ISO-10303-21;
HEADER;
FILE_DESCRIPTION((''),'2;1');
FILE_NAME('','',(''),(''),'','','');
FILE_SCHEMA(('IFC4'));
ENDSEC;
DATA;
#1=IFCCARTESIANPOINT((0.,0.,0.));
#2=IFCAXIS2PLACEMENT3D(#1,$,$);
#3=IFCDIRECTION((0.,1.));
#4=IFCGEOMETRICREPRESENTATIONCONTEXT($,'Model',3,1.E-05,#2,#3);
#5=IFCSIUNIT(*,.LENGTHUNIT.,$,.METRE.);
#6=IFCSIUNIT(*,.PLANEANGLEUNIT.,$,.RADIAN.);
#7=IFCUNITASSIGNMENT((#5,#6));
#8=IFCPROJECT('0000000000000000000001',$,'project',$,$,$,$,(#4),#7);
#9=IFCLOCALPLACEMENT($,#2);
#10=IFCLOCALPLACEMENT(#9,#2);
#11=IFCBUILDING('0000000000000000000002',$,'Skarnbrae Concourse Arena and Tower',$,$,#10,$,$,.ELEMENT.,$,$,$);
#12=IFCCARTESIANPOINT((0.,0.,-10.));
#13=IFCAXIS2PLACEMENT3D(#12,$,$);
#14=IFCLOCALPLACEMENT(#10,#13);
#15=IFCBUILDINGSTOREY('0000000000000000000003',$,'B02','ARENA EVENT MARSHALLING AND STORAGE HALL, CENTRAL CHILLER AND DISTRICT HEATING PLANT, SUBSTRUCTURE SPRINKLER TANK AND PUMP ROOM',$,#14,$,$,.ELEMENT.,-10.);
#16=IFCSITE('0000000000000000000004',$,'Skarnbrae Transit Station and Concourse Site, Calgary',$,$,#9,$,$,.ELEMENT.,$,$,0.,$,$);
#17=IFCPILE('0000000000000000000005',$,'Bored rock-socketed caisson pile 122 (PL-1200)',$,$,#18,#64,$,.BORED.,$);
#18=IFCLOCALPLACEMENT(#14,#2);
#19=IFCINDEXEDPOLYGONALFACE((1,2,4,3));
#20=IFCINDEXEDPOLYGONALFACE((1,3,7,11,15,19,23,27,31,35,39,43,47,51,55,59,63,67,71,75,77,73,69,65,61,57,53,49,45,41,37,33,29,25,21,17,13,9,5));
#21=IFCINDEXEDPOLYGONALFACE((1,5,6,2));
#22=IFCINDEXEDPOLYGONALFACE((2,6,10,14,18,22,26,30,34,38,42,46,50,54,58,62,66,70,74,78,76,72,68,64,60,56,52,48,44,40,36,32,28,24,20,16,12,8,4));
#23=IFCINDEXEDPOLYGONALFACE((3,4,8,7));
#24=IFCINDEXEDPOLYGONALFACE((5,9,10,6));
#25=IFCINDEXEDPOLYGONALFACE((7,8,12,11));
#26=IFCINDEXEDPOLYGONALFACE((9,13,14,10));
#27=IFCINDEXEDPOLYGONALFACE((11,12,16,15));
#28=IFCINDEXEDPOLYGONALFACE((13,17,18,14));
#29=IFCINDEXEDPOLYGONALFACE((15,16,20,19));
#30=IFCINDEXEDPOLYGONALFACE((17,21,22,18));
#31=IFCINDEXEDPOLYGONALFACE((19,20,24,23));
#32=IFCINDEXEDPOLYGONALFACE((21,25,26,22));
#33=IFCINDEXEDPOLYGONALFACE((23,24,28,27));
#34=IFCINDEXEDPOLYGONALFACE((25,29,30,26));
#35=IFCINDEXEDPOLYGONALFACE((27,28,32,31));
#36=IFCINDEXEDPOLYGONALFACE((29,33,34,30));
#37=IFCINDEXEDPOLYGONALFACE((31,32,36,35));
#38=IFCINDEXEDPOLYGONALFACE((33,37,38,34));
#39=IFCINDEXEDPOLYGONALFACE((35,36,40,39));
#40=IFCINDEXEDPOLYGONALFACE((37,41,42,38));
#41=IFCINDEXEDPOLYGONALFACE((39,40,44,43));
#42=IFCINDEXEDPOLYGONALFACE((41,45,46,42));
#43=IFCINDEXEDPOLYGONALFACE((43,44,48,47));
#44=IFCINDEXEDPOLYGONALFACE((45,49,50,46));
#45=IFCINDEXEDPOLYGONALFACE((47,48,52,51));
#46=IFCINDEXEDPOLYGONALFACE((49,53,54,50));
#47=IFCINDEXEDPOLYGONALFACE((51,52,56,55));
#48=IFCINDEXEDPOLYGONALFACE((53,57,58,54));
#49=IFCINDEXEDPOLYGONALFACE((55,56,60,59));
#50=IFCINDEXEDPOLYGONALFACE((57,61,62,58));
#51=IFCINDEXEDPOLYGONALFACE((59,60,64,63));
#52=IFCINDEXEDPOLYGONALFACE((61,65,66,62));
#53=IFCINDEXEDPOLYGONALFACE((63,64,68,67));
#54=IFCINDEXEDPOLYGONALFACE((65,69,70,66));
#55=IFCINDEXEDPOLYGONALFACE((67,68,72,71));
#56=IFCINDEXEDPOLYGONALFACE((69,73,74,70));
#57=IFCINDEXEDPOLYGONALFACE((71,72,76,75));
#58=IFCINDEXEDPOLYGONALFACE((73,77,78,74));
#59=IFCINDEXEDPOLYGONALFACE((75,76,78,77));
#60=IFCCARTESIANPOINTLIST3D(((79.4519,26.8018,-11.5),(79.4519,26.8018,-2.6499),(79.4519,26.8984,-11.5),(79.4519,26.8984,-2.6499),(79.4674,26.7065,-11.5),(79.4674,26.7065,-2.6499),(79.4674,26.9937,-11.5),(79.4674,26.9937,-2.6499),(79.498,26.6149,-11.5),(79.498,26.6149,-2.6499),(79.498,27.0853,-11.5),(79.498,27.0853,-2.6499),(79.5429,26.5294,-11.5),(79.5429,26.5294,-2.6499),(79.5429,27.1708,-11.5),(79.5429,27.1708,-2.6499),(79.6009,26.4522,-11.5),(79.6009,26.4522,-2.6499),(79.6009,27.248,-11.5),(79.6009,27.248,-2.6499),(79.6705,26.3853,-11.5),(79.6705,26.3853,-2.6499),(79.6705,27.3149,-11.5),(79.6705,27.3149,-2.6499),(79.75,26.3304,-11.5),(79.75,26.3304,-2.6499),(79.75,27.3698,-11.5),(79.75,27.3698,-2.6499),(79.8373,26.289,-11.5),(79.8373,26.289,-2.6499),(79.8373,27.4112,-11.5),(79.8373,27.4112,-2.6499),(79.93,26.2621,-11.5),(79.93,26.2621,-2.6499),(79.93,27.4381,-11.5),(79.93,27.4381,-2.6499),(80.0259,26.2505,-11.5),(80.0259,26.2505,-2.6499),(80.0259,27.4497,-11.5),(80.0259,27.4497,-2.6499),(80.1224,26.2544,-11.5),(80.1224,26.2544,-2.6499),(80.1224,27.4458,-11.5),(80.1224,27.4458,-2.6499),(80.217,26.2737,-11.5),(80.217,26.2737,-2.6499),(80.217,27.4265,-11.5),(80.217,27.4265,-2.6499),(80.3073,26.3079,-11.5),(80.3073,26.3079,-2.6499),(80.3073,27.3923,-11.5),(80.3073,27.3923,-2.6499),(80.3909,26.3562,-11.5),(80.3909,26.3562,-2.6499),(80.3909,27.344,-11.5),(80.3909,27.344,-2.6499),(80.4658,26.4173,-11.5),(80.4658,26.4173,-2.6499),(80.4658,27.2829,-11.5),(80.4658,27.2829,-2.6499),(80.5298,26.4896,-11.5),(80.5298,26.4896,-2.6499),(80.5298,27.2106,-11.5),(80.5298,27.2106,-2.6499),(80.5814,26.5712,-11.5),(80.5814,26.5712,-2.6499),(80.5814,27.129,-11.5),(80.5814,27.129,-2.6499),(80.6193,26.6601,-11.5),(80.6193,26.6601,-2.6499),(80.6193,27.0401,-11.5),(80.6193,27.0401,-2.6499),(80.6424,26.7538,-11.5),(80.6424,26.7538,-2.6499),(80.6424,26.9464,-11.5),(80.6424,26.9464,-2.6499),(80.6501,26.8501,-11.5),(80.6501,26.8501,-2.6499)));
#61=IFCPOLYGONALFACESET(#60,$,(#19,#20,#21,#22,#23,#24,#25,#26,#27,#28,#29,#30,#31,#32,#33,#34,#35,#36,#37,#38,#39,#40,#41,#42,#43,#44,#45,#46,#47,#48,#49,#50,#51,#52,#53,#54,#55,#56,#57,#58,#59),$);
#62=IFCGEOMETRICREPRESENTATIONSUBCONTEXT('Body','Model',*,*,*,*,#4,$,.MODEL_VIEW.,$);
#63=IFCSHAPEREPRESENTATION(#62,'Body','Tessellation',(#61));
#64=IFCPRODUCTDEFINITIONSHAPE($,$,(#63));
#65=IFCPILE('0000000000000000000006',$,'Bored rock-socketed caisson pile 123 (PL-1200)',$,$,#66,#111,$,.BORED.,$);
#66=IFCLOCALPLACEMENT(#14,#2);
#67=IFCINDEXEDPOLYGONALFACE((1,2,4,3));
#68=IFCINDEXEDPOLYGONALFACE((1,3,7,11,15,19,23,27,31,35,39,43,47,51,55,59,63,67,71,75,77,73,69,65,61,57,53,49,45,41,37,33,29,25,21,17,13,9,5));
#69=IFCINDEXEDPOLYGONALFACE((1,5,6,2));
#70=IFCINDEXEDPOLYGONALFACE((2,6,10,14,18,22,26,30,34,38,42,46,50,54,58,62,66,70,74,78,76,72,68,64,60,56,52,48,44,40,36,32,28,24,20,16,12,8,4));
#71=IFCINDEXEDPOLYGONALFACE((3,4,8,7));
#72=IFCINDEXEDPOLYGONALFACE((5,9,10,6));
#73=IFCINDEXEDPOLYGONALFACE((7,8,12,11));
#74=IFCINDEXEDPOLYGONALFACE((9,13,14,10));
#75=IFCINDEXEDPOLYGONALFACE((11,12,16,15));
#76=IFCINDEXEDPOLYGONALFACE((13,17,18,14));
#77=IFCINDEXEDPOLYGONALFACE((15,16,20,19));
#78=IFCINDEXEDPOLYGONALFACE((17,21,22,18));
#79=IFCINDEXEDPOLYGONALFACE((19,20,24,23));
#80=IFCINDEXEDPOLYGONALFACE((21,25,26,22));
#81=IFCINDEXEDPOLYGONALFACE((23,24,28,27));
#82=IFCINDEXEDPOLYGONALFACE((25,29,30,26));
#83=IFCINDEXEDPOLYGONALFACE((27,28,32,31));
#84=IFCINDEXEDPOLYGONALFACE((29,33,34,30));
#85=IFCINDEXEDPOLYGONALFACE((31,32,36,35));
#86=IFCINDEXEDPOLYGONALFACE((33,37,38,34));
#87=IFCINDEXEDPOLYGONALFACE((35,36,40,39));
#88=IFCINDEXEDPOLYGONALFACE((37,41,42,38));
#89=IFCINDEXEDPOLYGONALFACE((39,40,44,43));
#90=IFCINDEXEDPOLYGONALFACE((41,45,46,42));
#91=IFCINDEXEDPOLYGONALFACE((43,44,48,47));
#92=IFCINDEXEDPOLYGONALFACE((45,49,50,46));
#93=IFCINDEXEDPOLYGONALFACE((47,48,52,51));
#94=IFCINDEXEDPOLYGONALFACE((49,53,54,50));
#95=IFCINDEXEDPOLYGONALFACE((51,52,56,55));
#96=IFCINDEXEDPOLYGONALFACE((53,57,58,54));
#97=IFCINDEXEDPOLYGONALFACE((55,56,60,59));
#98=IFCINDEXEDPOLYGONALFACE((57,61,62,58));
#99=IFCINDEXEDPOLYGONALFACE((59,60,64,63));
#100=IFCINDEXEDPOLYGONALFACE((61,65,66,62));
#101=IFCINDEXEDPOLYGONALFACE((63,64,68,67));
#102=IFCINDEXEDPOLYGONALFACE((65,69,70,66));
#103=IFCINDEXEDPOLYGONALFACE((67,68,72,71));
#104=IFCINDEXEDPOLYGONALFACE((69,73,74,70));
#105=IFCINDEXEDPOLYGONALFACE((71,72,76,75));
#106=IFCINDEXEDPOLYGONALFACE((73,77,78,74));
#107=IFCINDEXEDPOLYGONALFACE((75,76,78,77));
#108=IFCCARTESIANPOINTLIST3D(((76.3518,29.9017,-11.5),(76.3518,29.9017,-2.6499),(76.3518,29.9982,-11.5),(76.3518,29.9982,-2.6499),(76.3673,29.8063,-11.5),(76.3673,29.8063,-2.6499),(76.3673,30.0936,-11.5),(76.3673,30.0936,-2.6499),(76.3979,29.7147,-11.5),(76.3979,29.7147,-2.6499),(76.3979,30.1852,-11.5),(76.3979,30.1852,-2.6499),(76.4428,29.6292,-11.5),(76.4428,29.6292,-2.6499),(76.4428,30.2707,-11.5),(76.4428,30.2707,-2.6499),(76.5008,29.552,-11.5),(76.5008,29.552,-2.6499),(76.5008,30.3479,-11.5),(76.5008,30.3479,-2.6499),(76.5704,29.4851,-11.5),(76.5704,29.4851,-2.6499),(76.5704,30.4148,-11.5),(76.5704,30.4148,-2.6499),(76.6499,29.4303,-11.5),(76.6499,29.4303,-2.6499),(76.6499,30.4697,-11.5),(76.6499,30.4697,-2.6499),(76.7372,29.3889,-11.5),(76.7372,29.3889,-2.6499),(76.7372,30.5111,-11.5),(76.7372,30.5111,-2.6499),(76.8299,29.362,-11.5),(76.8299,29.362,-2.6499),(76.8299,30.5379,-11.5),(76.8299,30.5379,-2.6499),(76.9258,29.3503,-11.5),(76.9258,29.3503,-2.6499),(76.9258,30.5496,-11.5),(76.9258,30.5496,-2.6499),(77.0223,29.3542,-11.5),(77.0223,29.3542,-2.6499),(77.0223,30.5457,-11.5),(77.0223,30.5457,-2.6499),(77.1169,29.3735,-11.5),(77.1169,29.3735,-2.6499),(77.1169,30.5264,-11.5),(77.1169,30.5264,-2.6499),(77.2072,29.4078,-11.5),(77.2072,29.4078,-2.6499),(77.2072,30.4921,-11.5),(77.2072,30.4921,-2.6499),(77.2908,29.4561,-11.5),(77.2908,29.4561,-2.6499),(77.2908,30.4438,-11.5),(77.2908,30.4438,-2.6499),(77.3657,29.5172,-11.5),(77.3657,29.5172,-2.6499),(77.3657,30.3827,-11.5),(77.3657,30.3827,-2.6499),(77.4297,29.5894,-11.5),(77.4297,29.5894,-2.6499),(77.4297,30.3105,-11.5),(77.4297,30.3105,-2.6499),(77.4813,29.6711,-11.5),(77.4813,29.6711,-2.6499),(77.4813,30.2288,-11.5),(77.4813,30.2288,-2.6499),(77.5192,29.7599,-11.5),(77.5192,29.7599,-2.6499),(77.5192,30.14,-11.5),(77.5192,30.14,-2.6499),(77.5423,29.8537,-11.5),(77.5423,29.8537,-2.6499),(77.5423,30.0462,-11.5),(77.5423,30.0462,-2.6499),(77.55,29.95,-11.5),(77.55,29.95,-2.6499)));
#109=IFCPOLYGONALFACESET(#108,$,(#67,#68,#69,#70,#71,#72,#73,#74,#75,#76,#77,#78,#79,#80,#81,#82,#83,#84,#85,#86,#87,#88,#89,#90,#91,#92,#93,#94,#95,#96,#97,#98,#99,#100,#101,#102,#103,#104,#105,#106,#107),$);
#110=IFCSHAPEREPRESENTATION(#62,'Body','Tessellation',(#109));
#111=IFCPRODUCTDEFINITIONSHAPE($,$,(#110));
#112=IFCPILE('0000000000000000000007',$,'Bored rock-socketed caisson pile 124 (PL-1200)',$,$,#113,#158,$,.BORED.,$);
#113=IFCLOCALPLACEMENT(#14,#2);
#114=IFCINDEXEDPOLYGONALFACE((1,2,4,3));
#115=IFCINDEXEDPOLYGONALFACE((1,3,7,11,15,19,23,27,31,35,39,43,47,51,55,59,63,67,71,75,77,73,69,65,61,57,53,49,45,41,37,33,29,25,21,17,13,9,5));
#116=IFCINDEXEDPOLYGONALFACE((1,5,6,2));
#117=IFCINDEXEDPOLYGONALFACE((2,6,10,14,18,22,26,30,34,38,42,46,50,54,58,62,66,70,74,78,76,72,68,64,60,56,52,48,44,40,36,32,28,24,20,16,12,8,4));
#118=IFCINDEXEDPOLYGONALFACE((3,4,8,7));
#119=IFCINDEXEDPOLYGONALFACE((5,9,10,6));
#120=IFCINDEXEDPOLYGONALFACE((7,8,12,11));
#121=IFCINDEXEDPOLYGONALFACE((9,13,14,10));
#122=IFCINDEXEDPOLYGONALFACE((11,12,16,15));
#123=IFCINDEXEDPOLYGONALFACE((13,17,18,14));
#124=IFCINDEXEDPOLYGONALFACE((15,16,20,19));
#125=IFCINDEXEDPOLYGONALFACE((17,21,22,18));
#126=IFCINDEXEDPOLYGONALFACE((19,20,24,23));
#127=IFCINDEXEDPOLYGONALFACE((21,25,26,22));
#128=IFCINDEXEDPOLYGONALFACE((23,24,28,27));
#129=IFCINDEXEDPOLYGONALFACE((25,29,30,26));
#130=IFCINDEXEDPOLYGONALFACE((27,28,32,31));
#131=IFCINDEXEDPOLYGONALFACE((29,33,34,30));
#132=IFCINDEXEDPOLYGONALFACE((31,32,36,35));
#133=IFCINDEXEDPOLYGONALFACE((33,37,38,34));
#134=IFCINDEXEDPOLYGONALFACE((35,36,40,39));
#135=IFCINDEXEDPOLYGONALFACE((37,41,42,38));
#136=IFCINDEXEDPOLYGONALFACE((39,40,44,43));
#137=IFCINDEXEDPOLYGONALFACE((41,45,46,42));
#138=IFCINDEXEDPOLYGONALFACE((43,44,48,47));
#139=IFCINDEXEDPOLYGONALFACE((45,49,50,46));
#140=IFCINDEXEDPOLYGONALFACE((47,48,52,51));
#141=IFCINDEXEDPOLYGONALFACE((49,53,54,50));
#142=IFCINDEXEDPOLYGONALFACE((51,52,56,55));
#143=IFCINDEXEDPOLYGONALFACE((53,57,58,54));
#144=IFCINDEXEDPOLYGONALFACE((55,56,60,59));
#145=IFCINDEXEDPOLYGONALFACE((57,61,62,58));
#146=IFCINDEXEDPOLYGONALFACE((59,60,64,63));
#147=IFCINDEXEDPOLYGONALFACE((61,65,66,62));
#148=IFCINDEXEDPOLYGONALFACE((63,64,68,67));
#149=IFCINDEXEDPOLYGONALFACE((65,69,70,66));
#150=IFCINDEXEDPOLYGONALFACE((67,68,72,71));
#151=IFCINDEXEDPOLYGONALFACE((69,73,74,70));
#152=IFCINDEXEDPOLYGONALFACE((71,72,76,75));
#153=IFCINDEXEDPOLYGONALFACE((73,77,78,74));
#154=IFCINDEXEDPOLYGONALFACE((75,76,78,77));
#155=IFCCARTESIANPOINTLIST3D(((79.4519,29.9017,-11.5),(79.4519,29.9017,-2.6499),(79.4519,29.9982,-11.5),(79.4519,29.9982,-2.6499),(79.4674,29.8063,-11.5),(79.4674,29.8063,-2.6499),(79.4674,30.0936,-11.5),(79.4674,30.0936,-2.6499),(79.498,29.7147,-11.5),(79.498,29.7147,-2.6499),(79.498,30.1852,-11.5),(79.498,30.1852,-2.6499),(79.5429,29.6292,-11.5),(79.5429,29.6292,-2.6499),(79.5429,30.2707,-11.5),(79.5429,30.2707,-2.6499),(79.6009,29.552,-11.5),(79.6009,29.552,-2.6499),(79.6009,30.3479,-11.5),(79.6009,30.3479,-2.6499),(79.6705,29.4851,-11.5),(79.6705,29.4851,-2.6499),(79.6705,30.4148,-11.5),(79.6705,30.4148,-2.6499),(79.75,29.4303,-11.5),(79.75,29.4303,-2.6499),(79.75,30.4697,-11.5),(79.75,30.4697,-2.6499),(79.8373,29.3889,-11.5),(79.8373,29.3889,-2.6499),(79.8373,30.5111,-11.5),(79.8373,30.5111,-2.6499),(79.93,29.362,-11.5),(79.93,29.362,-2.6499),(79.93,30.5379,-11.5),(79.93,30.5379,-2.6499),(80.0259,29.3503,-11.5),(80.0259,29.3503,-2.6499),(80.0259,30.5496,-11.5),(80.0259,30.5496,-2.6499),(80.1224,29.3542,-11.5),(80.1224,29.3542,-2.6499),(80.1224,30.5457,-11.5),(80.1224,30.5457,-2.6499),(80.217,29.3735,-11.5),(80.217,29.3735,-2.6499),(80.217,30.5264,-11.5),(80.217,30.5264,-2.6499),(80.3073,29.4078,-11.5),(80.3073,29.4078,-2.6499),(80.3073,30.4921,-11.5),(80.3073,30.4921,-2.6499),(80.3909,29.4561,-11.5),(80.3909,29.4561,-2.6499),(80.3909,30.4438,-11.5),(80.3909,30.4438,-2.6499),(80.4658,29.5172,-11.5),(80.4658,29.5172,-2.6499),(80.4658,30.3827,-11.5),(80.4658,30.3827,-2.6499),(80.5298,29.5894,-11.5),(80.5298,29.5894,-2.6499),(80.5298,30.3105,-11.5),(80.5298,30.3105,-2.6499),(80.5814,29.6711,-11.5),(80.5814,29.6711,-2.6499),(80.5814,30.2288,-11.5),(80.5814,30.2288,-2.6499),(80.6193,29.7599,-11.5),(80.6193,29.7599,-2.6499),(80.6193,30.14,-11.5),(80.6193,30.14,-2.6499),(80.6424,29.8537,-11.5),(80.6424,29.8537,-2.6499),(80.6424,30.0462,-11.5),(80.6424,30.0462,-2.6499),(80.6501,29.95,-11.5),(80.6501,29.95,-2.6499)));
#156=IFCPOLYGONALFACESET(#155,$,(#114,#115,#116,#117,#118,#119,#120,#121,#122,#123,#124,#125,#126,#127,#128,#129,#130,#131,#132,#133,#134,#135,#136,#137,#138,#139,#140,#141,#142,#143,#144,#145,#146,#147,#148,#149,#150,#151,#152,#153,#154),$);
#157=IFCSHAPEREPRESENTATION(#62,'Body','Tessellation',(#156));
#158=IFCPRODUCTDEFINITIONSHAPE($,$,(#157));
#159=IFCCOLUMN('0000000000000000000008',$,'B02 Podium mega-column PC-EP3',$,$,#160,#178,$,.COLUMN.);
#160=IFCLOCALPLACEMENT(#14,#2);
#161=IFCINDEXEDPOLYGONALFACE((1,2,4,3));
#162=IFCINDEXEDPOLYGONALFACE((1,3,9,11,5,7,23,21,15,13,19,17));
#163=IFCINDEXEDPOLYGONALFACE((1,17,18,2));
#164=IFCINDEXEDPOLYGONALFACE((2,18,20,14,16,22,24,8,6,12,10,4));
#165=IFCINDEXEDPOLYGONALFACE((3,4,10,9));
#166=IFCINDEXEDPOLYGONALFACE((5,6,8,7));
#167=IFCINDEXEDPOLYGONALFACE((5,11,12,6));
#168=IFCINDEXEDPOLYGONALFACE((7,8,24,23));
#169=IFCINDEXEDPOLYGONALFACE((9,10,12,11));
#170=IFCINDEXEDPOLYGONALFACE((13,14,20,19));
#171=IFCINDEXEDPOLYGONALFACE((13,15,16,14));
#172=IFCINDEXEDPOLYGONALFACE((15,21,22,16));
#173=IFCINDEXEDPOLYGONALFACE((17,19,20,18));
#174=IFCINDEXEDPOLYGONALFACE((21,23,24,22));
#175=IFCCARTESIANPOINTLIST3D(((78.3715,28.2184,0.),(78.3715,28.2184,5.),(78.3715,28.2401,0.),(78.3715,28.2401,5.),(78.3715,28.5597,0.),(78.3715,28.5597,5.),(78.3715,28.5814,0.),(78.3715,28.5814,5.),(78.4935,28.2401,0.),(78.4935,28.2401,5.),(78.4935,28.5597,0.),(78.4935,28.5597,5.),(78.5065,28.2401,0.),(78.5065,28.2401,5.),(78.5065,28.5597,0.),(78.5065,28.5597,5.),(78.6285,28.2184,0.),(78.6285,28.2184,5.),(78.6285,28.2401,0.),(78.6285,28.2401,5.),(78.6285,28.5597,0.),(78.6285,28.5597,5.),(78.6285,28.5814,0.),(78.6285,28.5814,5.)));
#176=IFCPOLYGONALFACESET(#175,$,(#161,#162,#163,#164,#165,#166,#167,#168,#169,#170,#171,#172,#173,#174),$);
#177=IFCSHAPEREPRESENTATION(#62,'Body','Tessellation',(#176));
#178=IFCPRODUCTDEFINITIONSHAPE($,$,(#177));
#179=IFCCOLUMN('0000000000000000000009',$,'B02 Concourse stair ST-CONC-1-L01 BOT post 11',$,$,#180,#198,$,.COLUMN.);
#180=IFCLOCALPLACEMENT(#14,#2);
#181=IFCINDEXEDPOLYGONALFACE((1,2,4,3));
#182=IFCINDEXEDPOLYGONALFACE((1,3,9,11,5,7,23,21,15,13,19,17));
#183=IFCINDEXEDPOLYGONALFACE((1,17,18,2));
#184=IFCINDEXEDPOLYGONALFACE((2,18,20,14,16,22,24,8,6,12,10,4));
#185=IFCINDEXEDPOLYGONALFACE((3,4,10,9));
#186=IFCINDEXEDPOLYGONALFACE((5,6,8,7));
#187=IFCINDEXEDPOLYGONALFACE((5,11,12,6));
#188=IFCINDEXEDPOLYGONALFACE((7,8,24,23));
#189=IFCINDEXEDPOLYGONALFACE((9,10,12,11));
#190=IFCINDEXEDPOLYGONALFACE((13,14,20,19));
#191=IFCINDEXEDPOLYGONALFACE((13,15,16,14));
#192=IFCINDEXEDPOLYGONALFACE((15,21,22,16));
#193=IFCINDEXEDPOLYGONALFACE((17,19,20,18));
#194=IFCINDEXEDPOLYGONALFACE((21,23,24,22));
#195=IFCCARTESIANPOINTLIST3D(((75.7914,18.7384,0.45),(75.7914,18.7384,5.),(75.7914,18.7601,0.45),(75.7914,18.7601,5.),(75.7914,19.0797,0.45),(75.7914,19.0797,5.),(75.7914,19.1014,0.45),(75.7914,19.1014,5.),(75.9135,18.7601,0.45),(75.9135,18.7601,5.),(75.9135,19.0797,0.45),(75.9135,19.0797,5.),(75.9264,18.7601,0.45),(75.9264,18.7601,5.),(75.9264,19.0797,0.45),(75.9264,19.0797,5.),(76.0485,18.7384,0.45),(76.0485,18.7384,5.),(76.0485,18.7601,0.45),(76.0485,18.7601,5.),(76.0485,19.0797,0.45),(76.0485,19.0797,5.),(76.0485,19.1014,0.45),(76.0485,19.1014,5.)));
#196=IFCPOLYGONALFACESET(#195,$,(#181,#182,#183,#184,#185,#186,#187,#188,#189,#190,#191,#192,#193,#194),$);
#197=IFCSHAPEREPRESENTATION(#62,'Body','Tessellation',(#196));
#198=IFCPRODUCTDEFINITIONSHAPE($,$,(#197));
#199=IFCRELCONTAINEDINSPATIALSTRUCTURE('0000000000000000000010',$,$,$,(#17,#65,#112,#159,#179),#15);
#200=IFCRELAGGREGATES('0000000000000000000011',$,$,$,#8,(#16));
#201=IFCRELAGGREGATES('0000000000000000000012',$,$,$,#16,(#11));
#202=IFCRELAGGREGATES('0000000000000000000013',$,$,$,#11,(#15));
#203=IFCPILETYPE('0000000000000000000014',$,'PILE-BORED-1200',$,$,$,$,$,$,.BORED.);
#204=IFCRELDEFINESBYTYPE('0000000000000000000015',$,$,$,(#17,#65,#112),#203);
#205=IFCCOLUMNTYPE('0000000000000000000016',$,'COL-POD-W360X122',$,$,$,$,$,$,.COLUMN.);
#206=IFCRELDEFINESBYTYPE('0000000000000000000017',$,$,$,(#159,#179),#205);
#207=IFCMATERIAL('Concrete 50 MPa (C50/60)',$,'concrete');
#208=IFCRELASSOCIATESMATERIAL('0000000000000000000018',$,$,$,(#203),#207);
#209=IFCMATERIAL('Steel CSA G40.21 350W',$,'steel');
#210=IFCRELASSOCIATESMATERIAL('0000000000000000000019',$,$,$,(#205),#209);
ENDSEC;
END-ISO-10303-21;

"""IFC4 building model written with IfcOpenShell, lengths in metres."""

from ifc_helpers import new_model, si_unit, direction, frame, origin, origin_2d, place, context, subcontext, project, spatial, circle, i_section, extrude, source, transform, mapped, material, material_profile, profile_set, type_object, element, save


model = new_model("IFC4")

# Units and contexts
model_context = context("Model", 3, precision=1e-05, world=origin(), true_north=direction((0.0, 1.0)))
body_context = subcontext(model_context, "Body", "Model", "MODEL_VIEW")
ifc_project = project(units=[si_unit("LENGTHUNIT", "METRE"), si_unit("PLANEANGLEUNIT", "RADIAN")], contexts=[model_context])

# Site, building, storey
site_placement = place(None, origin())
site = spatial("IfcSite", under=ifc_project, at=site_placement, Name="Skarnbrae Transit Station and Concourse Site, Calgary", CompositionType="ELEMENT", RefElevation=0.0)
building_placement = place(site_placement, origin())
building = spatial("IfcBuilding", under=site, at=building_placement, Name="Skarnbrae Concourse Arena and Tower", CompositionType="ELEMENT")
storey_placement = place(building_placement, frame((0.0, 0.0, -10.0)))
storey = spatial("IfcBuildingStorey", under=building, at=storey_placement, Name="B02", Description="ARENA EVENT MARSHALLING AND STORAGE HALL, CENTRAL CHILLER AND DISTRICT HEATING PLANT, SUBSTRUCTURE SPRINKLER TANK AND PUMP ROOM", CompositionType="ELEMENT", Elevation=-10.0)

# Shared definitions
ifc_material_1 = material(Name="Concrete 50 MPa (C50/60)", Category="concrete")

# Piles
ifc_material_profile_1 = material_profile(ifc_material_1, circle(Radius=0.6001, at=origin_2d()), Name="CAISSON-1200")
ifc_profile_set_1 = profile_set([ifc_material_profile_1], Name="Concrete 50 MPa (C50/60)")
pile_type_1 = type_object("IfcPileType", Name="PILE-BORED-1200", PredefinedType="BORED", material=ifc_profile_set_1)
shared_shape_1 = source(origin(), body_context, "Body", "SweptSolid", [
    extrude(circle(Radius=0.6001, at=origin_2d()), origin(), (0.0, 0.0, 1.0), 8.8501),
])
for number, where, z_axis, x_axis, name in (
    (1, (80.05, 26.8501, -2.6499), (0.0, 0.0, -1.0), (1.0, 0.0, 0.0), "Bored rock-socketed caisson pile 122 (PL-1200)"),
    (2, (76.95, 29.95, -2.6499), (0.0, 0.0, -1.0), (1.0, 0.0, 0.0), "Bored rock-socketed caisson pile 123 (PL-1200)"),
    (3, (80.05, 29.95, -2.6499), (0.0, 0.0, -1.0), (1.0, 0.0, 0.0), "Bored rock-socketed caisson pile 124 (PL-1200)"),
):
    element("IfcPile", number, at=place(storey_placement, frame(where, z_axis=z_axis, x_axis=x_axis)), inside=storey, type_object=pile_type_1, Name=name, PredefinedType="BORED", context=body_context, shape_type="MappedRepresentation", body=[
        mapped(shared_shape_1, transform((0.0, 0.0, 0.0))),
    ])

# Columns
ifc_material_2 = material(Name="Steel CSA G40.21 350W", Category="steel")
ifc_material_profile_2 = material_profile(ifc_material_2, i_section(OverallWidth=0.2571, OverallDepth=0.363, WebThickness=0.0129, FlangeThickness=0.0217, at=origin_2d()), Name="W360X122")
ifc_profile_set_2 = profile_set([ifc_material_profile_2], Name="Steel CSA G40.21 350W")
column_type = type_object("IfcColumnType", Name="COL-POD-W360X122", PredefinedType="COLUMN", material=ifc_profile_set_2)
shared_shape_2 = source(origin(), body_context, "Body", "SweptSolid", [
    extrude(i_section(OverallWidth=0.2571, OverallDepth=0.363, WebThickness=0.0129, FlangeThickness=0.0217, at=origin_2d()), origin(), (0.0, 0.0, 1.0), 5.0),
])
column_placement = place(storey_placement, frame((78.5, 28.3999, 0.0), z_axis=(0.0, 0.0, 1.0), x_axis=(1.0, 0.0, 0.0)))
element("IfcColumn", 4, at=column_placement, inside=storey, type_object=column_type, Name="B02 Podium mega-column PC-EP3", PredefinedType="COLUMN", context=body_context, shape_type="MappedRepresentation", body=[
    mapped(shared_shape_2, transform((0.0, 0.0, 0.0))),
])
shared_shape_3 = source(origin(), body_context, "Body", "SweptSolid", [
    extrude(i_section(OverallWidth=0.2571, OverallDepth=0.363, WebThickness=0.0129, FlangeThickness=0.0217, at=origin_2d()), origin(), (0.0, 0.0, 1.0), 4.55),
])
for number, where, z_axis, x_axis, name in (
    (5, (75.9199, 18.9199, 0.45), (0.0, 0.0, 1.0), (1.0, 0.0, 0.0), "B02 Concourse stair ST-CONC-1-L01 BOT post 11"),
):
    element("IfcColumn", number, at=place(storey_placement, frame(where, z_axis=z_axis, x_axis=x_axis)), inside=storey, type_object=column_type, Name=name, PredefinedType="COLUMN", context=body_context, shape_type="MappedRepresentation", body=[
        mapped(shared_shape_3, transform((0.0, 0.0, 0.0))),
    ])

save(model, "model.ifc")
